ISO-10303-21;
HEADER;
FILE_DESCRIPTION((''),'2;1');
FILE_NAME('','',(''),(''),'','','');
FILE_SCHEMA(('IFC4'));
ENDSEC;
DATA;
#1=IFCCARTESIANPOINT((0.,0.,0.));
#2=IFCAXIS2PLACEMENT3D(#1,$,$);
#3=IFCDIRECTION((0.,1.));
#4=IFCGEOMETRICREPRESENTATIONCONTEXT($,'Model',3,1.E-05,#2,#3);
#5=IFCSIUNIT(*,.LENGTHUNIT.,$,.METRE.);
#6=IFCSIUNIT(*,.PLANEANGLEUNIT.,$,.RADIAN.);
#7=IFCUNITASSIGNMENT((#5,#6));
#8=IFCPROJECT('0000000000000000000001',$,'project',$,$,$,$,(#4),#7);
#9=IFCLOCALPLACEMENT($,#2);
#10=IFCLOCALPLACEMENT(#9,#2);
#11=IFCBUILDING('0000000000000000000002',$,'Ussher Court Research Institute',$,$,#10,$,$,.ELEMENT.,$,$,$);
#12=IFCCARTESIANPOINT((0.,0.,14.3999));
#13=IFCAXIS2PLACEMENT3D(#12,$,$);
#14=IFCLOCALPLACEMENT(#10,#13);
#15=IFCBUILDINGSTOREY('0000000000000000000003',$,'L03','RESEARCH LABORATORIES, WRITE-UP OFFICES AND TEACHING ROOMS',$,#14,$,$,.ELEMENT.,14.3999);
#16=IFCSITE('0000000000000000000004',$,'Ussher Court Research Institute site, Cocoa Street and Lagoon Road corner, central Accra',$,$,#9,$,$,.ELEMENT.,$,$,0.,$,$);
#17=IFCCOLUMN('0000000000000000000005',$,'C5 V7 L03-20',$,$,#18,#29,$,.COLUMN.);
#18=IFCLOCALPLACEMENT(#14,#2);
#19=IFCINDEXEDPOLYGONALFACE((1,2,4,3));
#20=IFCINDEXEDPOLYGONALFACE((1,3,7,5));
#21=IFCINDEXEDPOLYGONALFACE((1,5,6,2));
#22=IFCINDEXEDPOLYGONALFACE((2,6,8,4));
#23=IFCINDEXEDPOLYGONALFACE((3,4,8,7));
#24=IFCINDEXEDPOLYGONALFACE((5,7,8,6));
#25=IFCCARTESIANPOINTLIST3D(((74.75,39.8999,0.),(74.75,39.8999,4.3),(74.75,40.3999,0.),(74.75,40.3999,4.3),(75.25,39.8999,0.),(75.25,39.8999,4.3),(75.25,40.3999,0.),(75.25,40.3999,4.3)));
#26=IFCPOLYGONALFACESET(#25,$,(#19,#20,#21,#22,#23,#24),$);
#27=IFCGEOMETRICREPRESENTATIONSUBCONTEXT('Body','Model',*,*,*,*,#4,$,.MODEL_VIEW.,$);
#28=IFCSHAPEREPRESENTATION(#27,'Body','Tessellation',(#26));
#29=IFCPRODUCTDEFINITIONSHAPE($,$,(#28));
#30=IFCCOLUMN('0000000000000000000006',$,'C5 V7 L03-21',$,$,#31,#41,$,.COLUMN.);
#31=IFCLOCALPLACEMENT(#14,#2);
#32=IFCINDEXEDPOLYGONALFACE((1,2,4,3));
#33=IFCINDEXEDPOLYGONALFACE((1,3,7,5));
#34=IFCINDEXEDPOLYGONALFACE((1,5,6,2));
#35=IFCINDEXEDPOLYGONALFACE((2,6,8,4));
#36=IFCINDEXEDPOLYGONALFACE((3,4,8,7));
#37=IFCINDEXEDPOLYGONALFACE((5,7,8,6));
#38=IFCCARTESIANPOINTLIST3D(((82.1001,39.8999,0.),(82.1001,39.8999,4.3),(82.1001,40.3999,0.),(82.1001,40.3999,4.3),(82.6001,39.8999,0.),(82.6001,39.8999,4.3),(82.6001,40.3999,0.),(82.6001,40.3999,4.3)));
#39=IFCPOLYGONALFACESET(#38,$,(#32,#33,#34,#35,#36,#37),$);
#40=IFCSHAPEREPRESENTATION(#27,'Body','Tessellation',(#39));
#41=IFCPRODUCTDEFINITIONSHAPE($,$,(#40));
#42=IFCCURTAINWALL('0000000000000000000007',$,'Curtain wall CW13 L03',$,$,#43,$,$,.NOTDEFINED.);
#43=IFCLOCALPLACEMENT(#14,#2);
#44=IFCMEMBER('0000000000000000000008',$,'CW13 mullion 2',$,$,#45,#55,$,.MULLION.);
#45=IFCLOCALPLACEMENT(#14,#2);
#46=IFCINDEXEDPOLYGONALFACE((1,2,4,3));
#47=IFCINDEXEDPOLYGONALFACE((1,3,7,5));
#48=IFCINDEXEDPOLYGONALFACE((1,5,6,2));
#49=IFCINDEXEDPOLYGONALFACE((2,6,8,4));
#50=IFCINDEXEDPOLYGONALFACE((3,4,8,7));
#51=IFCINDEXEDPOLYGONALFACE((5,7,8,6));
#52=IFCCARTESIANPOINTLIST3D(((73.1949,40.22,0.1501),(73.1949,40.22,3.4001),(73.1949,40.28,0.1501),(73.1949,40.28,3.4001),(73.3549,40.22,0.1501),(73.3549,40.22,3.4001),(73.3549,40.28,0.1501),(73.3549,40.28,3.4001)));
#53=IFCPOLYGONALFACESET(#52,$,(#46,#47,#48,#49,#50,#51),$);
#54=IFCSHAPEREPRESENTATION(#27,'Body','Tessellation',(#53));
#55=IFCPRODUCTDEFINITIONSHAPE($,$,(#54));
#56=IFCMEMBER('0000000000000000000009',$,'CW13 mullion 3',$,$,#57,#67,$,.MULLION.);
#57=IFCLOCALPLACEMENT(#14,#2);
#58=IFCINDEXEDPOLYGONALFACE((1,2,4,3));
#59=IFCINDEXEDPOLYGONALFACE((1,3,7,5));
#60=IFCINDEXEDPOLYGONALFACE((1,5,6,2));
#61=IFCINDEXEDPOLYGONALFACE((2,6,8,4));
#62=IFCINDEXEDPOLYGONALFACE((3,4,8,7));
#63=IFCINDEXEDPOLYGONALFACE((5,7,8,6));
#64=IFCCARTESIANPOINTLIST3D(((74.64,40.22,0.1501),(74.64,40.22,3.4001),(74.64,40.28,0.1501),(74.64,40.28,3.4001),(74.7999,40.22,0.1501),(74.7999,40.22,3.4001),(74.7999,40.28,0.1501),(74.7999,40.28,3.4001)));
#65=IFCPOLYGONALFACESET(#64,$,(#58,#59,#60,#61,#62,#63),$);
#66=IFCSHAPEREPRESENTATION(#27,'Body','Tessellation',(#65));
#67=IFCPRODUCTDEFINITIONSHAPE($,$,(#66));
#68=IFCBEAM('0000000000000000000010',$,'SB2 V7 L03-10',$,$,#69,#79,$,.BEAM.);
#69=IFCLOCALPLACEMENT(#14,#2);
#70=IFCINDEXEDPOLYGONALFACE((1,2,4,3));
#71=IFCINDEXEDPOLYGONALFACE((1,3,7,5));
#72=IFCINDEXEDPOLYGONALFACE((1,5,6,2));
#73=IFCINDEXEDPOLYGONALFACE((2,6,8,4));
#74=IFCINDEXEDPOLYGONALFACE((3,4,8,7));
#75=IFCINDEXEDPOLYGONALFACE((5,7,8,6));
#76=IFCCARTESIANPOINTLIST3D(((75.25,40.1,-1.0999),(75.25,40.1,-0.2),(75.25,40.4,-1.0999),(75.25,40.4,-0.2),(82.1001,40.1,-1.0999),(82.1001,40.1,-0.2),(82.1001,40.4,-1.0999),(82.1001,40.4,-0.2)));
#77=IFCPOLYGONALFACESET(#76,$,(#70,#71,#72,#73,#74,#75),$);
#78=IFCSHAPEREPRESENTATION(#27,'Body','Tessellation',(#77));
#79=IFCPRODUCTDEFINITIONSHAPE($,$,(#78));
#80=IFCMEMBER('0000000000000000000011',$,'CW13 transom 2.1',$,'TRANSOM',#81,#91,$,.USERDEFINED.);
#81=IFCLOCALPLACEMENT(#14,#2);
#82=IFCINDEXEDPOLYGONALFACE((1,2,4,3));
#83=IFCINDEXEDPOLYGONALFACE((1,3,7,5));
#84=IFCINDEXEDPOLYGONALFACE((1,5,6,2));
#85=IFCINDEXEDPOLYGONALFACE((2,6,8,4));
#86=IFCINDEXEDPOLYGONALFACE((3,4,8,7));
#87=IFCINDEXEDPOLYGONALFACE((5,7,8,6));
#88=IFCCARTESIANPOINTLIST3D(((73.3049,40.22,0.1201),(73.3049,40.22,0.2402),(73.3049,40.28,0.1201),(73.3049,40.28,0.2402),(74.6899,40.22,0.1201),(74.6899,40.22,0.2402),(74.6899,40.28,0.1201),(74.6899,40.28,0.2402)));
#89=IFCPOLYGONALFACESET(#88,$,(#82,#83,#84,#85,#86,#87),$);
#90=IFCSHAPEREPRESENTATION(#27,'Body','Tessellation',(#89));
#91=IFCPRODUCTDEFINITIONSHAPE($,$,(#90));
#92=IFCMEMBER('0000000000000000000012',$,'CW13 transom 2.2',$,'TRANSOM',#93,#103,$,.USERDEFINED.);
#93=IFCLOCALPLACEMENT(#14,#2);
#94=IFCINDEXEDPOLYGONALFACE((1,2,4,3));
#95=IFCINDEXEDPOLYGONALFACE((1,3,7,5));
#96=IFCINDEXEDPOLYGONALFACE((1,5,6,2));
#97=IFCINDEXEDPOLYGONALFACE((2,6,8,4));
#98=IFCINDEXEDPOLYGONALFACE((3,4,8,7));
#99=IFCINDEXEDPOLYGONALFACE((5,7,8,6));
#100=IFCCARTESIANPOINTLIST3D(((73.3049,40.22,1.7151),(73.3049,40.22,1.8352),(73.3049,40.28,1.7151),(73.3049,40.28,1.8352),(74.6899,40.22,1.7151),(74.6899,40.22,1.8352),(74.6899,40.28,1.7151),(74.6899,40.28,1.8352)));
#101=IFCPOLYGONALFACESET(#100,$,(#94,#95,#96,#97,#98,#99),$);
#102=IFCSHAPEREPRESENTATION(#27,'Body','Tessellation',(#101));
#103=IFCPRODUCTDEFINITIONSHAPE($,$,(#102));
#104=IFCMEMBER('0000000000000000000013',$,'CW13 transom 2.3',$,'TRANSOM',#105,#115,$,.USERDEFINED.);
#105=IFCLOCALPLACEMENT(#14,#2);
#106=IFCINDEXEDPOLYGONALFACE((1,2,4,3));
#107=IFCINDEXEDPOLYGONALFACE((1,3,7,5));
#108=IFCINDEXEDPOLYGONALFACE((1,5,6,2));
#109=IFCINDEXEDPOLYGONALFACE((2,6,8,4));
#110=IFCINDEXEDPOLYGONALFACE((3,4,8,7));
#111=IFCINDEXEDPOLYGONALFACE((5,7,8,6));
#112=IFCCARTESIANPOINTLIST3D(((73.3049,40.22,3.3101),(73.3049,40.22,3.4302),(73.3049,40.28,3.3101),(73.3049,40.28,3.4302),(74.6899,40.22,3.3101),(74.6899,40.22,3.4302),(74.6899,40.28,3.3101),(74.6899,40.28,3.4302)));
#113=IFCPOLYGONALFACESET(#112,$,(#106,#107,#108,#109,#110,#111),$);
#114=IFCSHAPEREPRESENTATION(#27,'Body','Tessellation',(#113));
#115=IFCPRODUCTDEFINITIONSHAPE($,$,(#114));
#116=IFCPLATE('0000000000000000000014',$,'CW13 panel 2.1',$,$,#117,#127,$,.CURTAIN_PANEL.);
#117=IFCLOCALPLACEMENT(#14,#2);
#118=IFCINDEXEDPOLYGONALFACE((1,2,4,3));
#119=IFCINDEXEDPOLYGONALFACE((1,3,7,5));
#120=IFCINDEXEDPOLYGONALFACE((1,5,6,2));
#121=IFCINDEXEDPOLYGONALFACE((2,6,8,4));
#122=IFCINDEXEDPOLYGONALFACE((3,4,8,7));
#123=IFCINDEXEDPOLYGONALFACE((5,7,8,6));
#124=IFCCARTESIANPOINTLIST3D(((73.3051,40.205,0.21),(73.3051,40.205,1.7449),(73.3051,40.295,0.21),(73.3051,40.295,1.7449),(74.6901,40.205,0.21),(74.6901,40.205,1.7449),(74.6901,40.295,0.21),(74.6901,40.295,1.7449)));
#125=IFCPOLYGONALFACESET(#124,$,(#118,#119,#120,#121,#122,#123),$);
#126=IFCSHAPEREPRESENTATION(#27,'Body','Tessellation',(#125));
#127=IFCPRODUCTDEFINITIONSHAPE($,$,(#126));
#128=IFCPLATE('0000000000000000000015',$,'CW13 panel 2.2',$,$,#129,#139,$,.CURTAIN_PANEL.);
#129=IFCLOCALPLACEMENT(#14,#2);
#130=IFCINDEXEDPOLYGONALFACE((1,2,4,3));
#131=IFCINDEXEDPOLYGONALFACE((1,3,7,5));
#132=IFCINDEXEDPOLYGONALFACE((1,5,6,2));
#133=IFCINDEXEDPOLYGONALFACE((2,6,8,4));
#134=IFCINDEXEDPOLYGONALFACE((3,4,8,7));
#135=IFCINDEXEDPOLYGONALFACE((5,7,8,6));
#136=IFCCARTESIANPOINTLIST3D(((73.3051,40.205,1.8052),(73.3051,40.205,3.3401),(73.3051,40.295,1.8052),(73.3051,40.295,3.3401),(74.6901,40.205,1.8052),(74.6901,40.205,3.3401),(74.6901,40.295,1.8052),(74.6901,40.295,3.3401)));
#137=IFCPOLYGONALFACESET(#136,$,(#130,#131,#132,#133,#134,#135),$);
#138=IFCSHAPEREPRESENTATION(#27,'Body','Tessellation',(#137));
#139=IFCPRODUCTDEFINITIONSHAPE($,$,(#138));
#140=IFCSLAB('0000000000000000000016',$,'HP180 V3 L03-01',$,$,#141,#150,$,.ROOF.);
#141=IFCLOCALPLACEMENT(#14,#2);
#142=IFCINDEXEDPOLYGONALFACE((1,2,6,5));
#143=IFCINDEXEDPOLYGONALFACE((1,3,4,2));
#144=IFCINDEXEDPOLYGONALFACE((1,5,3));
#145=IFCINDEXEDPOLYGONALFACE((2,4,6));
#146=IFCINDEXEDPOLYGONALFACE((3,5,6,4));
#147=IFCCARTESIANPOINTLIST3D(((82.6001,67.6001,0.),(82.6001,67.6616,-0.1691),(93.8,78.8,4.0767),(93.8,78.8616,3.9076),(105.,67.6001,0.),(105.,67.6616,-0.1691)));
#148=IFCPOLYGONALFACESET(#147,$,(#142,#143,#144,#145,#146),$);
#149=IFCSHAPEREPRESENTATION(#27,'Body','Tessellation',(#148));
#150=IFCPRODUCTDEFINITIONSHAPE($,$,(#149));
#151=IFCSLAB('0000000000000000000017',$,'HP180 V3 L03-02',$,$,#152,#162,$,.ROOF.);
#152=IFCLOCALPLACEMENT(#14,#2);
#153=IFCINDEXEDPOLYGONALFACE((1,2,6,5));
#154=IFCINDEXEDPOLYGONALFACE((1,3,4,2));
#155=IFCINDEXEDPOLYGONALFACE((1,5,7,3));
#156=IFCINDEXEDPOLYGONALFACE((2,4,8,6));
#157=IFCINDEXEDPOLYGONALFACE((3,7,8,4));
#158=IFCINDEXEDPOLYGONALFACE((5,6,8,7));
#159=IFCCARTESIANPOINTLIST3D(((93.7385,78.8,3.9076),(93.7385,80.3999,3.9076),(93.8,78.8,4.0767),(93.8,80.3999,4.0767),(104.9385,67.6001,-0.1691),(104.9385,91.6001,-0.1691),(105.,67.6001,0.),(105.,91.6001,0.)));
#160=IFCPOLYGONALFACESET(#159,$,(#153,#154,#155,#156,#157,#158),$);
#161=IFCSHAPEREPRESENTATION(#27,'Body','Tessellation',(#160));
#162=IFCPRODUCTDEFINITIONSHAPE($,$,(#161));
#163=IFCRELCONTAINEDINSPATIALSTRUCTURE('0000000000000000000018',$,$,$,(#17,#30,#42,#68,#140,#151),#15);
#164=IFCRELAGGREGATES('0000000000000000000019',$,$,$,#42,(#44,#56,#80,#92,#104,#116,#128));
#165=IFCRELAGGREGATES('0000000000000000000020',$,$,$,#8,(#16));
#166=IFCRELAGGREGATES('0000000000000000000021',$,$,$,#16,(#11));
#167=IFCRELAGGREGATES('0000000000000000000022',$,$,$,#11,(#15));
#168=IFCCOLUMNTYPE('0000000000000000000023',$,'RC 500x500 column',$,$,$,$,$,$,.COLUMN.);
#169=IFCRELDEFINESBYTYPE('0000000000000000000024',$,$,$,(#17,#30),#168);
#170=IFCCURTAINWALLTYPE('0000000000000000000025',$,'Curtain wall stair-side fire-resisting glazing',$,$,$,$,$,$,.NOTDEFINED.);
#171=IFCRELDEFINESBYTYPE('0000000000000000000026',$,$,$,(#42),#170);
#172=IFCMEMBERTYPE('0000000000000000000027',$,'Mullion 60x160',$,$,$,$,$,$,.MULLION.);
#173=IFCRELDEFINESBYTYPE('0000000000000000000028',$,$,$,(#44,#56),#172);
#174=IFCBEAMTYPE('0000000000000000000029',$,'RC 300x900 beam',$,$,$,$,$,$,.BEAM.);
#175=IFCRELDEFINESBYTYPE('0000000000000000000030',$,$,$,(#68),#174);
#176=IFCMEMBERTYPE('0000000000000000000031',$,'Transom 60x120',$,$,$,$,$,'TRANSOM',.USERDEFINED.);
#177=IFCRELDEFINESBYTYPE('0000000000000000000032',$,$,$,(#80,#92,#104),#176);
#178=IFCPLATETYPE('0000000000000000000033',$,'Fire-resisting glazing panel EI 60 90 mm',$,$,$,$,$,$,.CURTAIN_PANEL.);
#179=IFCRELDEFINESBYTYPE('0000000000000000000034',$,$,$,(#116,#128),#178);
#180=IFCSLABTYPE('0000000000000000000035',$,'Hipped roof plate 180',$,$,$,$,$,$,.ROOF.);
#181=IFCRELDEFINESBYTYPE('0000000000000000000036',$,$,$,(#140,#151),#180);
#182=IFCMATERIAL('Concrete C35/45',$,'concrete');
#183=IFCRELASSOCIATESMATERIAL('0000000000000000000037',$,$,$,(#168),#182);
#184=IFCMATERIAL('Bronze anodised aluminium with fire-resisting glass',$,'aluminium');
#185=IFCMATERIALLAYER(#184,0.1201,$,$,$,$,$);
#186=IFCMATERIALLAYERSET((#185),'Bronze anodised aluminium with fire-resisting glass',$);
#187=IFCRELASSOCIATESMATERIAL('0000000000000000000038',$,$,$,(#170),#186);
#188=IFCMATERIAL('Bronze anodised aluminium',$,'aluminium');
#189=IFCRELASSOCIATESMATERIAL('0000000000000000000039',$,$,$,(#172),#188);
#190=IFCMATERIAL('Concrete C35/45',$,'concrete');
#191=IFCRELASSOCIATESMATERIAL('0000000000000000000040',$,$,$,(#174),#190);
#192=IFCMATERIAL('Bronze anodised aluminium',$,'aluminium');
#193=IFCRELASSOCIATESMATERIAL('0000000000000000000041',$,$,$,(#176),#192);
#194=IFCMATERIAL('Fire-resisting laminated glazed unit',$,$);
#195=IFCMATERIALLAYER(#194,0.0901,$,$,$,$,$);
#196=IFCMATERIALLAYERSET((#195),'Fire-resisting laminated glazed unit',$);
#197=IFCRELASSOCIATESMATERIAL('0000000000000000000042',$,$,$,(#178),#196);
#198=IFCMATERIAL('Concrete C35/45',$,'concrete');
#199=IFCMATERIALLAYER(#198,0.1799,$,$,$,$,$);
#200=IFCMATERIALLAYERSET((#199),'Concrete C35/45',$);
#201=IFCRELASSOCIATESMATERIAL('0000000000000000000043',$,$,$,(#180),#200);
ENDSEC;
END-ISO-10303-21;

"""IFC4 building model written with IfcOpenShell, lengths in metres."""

from ifc_helpers import new_model, si_unit, direction, frame, origin, origin_2d, place, context, subcontext, project, spatial, polyline, rectangle, outline, extrude, material, layer, layer_set, material_profile, profile_set, type_object, element, aggregate, save


model = new_model("IFC4")

# Units and contexts
model_context = context("Model", 3, precision=1e-05, world=origin(), true_north=direction((0.0, 1.0)))
body_context = subcontext(model_context, "Body", "Model", "MODEL_VIEW")
ifc_project = project(units=[si_unit("LENGTHUNIT", "METRE"), si_unit("PLANEANGLEUNIT", "RADIAN")], contexts=[model_context])

# Site, building, storey
site_placement = place(None, origin())
site = spatial("IfcSite", under=ifc_project, at=site_placement, Name="Ussher Court Research Institute site, Cocoa Street and Lagoon Road corner, central Accra", CompositionType="ELEMENT", RefElevation=0.0)
building_placement = place(site_placement, origin())
building = spatial("IfcBuilding", under=site, at=building_placement, Name="Ussher Court Research Institute", CompositionType="ELEMENT")
storey_placement = place(building_placement, frame((0.0, 0.0, 14.3999)))
storey = spatial("IfcBuildingStorey", under=building, at=storey_placement, Name="L03", Description="RESEARCH LABORATORIES, WRITE-UP OFFICES AND TEACHING ROOMS", CompositionType="ELEMENT", Elevation=14.3999)

# Columns
ifc_material_1 = material(Name="Concrete C35/45", Category="concrete")
ifc_material_profile_1 = material_profile(ifc_material_1, rectangle(XDim=0.5, YDim=0.5, at=origin_2d()), Name="RC 500x500")
ifc_profile_set_1 = profile_set([ifc_material_profile_1], Name="Concrete C35/45")
column_type = type_object("IfcColumnType", Name="RC 500x500 column", PredefinedType="COLUMN", material=ifc_profile_set_1)
for number, where, z_axis, x_axis, name in (
    (1, (75.0, 40.1499, 0.0), (0.0, 0.0, 1.0), (1.0, 0.0, 0.0), "C5 V7 L03-20"),
    (2, (82.3501, 40.1499, 0.0), (0.0, 0.0, 1.0), (1.0, 0.0, 0.0), "C5 V7 L03-21"),
):
    element("IfcColumn", number, at=place(storey_placement, frame(where, z_axis=z_axis, x_axis=x_axis)), inside=storey, type_object=column_type, Name=name, PredefinedType="COLUMN", context=body_context, shape_type="SweptSolid", body=[
        extrude(rectangle(XDim=0.5, YDim=0.5, at=origin_2d()), origin(), (0.0, 0.0, 1.0), 4.3),
    ])

# Curtain wall, members
ifc_material_2 = material(Name="Bronze anodised aluminium with fire-resisting glass", Category="aluminium")
ifc_layer_1 = layer(ifc_material_2, 0.1201)
ifc_layer_set_1 = layer_set([ifc_layer_1], Name="Bronze anodised aluminium with fire-resisting glass")
curtain_wall_type = type_object("IfcCurtainWallType", Name="Curtain wall stair-side fire-resisting glazing", PredefinedType="NOTDEFINED", material=ifc_layer_set_1)
curtain_wall_placement = place(storey_placement, origin())
curtain_wall = element("IfcCurtainWall", 3, at=curtain_wall_placement, inside=storey, type_object=curtain_wall_type, Name="Curtain wall CW13 L03", PredefinedType="NOTDEFINED")
ifc_material_3 = material(Name="Bronze anodised aluminium", Category="aluminium")
ifc_material_profile_2 = material_profile(ifc_material_3, rectangle(XDim=0.0601, YDim=0.1599, at=origin_2d()), Name="Mullion 60x160")
ifc_profile_set_2 = profile_set([ifc_material_profile_2], Name="Bronze anodised aluminium")
member_type_1 = type_object("IfcMemberType", Name="Mullion 60x160", PredefinedType="MULLION", material=ifc_profile_set_2)
member_1_placement = place(storey_placement, frame((73.2749, 40.25, 0.1501), z_axis=(0.0, 0.0, 1.0), x_axis=(0.0, 1.0, 0.0)))
member_1 = element("IfcMember", 4, at=member_1_placement, type_object=member_type_1, Name="CW13 mullion 2", PredefinedType="MULLION", context=body_context, shape_type="SweptSolid", body=[
    extrude(rectangle(XDim=0.0601, YDim=0.1599, at=origin_2d()), origin(), (0.0, 0.0, 1.0), 3.25),
])
member_2_placement = place(storey_placement, frame((74.72, 40.25, 0.1501), z_axis=(0.0, 0.0, 1.0), x_axis=(0.0, 1.0, 0.0)))
member_2 = element("IfcMember", 5, at=member_2_placement, type_object=member_type_1, Name="CW13 mullion 3", PredefinedType="MULLION", context=body_context, shape_type="SweptSolid", body=[
    extrude(rectangle(XDim=0.0601, YDim=0.1599, at=origin_2d()), origin(), (0.0, 0.0, 1.0), 3.25),
])

# Beam
ifc_material_4 = material(Name="Concrete C35/45", Category="concrete")
ifc_material_profile_3 = material_profile(ifc_material_4, rectangle(XDim=0.3, YDim=0.8999, at=origin_2d()), Name="RC 300x900")
ifc_profile_set_3 = profile_set([ifc_material_profile_3], Name="Concrete C35/45")
beam_type = type_object("IfcBeamType", Name="RC 300x900 beam", PredefinedType="BEAM", material=ifc_profile_set_3)
beam_placement = place(storey_placement, frame((75.25, 40.25, -0.6499), z_axis=(1.0, 0.0, 0.0), x_axis=(0.0, 1.0, 0.0)))
element("IfcBeam", 6, at=beam_placement, inside=storey, type_object=beam_type, Name="SB2 V7 L03-10", PredefinedType="BEAM", context=body_context, shape_type="SweptSolid", body=[
    extrude(rectangle(XDim=0.3, YDim=0.8999, at=origin_2d()), origin(), (0.0, 0.0, 1.0), 6.8501),
])

# Members
ifc_material_5 = material(Name="Bronze anodised aluminium", Category="aluminium")
ifc_material_profile_4 = material_profile(ifc_material_5, rectangle(XDim=0.0601, YDim=0.1201, at=origin_2d()), Name="Transom 60x120")
ifc_profile_set_4 = profile_set([ifc_material_profile_4], Name="Bronze anodised aluminium")
member_type_2 = type_object("IfcMemberType", Name="Transom 60x120", ElementType="TRANSOM", PredefinedType="USERDEFINED", material=ifc_profile_set_4)
member_3_placement = place(storey_placement, frame((73.3049, 40.25, 0.1802), z_axis=(1.0, 0.0, 0.0), x_axis=(0.0, 1.0, 0.0)))
member_3 = element("IfcMember", 7, at=member_3_placement, type_object=member_type_2, Name="CW13 transom 2.1", ObjectType="TRANSOM", PredefinedType="USERDEFINED", context=body_context, shape_type="SweptSolid", body=[
    extrude(rectangle(XDim=0.0601, YDim=0.1201, at=origin_2d()), origin(), (0.0, 0.0, 1.0), 1.385),
])
member_4_placement = place(storey_placement, frame((73.3049, 40.25, 1.7751), z_axis=(1.0, 0.0, 0.0), x_axis=(0.0, 1.0, 0.0)))
member_4 = element("IfcMember", 8, at=member_4_placement, type_object=member_type_2, Name="CW13 transom 2.2", ObjectType="TRANSOM", PredefinedType="USERDEFINED", context=body_context, shape_type="SweptSolid", body=[
    extrude(rectangle(XDim=0.0601, YDim=0.1201, at=origin_2d()), origin(), (0.0, 0.0, 1.0), 1.385),
])
member_5_placement = place(storey_placement, frame((73.3049, 40.25, 3.3701), z_axis=(1.0, 0.0, 0.0), x_axis=(0.0, 1.0, 0.0)))
member_5 = element("IfcMember", 9, at=member_5_placement, type_object=member_type_2, Name="CW13 transom 2.3", ObjectType="TRANSOM", PredefinedType="USERDEFINED", context=body_context, shape_type="SweptSolid", body=[
    extrude(rectangle(XDim=0.0601, YDim=0.1201, at=origin_2d()), origin(), (0.0, 0.0, 1.0), 1.385),
])

# Plates
ifc_material_6 = material(Name="Fire-resisting laminated glazed unit")
ifc_layer_2 = layer(ifc_material_6, 0.0901)
ifc_layer_set_2 = layer_set([ifc_layer_2], Name="Fire-resisting laminated glazed unit")
plate_type = type_object("IfcPlateType", Name="Fire-resisting glazing panel EI 60 90 mm", PredefinedType="CURTAIN_PANEL", material=ifc_layer_set_2)
plate_1_placement = place(storey_placement, frame((73.9976, 40.25, 0.21), z_axis=(0.0, 0.0, 1.0), x_axis=(1.0, 0.0, 0.0)))
plate_1 = element("IfcPlate", 10, at=plate_1_placement, type_object=plate_type, Name="CW13 panel 2.1", PredefinedType="CURTAIN_PANEL", context=body_context, shape_type="SweptSolid", body=[
    extrude(rectangle(XDim=1.385, YDim=0.0901, at=origin_2d()), origin(), (0.0, 0.0, 1.0), 1.5349),
])
plate_2_placement = place(storey_placement, frame((73.9976, 40.25, 1.8052), z_axis=(0.0, 0.0, 1.0), x_axis=(1.0, 0.0, 0.0)))
plate_2 = element("IfcPlate", 11, at=plate_2_placement, type_object=plate_type, Name="CW13 panel 2.2", PredefinedType="CURTAIN_PANEL", context=body_context, shape_type="SweptSolid", body=[
    extrude(rectangle(XDim=1.385, YDim=0.0901, at=origin_2d()), origin(), (0.0, 0.0, 1.0), 1.5349),
])
aggregate(curtain_wall, [member_1, member_2, member_3, member_4, member_5, plate_1, plate_2])

# Slabs
ifc_material_7 = material(Name="Concrete C35/45", Category="concrete")
ifc_layer_3 = layer(ifc_material_7, 0.1799)
ifc_layer_set_3 = layer_set([ifc_layer_3], Name="Concrete C35/45")
slab_type = type_object("IfcSlabType", Name="Hipped roof plate 180", PredefinedType="ROOF", material=ifc_layer_set_3)
slab_1_placement = place(storey_placement, frame((82.6001, 67.6001, 0.0), z_axis=(0.0, -0.342036, 0.939687), x_axis=(1.0, 0.0, 0.0)))
element("IfcSlab", 12, at=slab_1_placement, inside=storey, type_object=slab_type, Name="HP180 V3 L03-01", PredefinedType="ROOF", context=body_context, shape_type="SweptSolid", body=[
    extrude(outline(polyline([(0.0, 0.0), (22.3999, 0.0), (11.2, 11.9188), (0.0, 0.0)])), origin(), (0.0, 0.0, -1.0), 0.1799),
])
slab_2_placement = place(storey_placement, frame((105.0, 67.6001, 0.0), z_axis=(0.342036, 0.0, 0.939687), x_axis=(0.0, 1.0, 0.0)))
element("IfcSlab", 13, at=slab_2_placement, inside=storey, type_object=slab_type, Name="HP180 V3 L03-02", PredefinedType="ROOF", context=body_context, shape_type="SweptSolid", body=[
    extrude(outline(polyline([(0.0, 0.0), (24.0, 0.0), (12.7998, 11.9188), (11.2, 11.9188), (0.0, 0.0)])), origin(), (0.0, 0.0, -1.0), 0.1799),
])

save(model, "model.ifc")
